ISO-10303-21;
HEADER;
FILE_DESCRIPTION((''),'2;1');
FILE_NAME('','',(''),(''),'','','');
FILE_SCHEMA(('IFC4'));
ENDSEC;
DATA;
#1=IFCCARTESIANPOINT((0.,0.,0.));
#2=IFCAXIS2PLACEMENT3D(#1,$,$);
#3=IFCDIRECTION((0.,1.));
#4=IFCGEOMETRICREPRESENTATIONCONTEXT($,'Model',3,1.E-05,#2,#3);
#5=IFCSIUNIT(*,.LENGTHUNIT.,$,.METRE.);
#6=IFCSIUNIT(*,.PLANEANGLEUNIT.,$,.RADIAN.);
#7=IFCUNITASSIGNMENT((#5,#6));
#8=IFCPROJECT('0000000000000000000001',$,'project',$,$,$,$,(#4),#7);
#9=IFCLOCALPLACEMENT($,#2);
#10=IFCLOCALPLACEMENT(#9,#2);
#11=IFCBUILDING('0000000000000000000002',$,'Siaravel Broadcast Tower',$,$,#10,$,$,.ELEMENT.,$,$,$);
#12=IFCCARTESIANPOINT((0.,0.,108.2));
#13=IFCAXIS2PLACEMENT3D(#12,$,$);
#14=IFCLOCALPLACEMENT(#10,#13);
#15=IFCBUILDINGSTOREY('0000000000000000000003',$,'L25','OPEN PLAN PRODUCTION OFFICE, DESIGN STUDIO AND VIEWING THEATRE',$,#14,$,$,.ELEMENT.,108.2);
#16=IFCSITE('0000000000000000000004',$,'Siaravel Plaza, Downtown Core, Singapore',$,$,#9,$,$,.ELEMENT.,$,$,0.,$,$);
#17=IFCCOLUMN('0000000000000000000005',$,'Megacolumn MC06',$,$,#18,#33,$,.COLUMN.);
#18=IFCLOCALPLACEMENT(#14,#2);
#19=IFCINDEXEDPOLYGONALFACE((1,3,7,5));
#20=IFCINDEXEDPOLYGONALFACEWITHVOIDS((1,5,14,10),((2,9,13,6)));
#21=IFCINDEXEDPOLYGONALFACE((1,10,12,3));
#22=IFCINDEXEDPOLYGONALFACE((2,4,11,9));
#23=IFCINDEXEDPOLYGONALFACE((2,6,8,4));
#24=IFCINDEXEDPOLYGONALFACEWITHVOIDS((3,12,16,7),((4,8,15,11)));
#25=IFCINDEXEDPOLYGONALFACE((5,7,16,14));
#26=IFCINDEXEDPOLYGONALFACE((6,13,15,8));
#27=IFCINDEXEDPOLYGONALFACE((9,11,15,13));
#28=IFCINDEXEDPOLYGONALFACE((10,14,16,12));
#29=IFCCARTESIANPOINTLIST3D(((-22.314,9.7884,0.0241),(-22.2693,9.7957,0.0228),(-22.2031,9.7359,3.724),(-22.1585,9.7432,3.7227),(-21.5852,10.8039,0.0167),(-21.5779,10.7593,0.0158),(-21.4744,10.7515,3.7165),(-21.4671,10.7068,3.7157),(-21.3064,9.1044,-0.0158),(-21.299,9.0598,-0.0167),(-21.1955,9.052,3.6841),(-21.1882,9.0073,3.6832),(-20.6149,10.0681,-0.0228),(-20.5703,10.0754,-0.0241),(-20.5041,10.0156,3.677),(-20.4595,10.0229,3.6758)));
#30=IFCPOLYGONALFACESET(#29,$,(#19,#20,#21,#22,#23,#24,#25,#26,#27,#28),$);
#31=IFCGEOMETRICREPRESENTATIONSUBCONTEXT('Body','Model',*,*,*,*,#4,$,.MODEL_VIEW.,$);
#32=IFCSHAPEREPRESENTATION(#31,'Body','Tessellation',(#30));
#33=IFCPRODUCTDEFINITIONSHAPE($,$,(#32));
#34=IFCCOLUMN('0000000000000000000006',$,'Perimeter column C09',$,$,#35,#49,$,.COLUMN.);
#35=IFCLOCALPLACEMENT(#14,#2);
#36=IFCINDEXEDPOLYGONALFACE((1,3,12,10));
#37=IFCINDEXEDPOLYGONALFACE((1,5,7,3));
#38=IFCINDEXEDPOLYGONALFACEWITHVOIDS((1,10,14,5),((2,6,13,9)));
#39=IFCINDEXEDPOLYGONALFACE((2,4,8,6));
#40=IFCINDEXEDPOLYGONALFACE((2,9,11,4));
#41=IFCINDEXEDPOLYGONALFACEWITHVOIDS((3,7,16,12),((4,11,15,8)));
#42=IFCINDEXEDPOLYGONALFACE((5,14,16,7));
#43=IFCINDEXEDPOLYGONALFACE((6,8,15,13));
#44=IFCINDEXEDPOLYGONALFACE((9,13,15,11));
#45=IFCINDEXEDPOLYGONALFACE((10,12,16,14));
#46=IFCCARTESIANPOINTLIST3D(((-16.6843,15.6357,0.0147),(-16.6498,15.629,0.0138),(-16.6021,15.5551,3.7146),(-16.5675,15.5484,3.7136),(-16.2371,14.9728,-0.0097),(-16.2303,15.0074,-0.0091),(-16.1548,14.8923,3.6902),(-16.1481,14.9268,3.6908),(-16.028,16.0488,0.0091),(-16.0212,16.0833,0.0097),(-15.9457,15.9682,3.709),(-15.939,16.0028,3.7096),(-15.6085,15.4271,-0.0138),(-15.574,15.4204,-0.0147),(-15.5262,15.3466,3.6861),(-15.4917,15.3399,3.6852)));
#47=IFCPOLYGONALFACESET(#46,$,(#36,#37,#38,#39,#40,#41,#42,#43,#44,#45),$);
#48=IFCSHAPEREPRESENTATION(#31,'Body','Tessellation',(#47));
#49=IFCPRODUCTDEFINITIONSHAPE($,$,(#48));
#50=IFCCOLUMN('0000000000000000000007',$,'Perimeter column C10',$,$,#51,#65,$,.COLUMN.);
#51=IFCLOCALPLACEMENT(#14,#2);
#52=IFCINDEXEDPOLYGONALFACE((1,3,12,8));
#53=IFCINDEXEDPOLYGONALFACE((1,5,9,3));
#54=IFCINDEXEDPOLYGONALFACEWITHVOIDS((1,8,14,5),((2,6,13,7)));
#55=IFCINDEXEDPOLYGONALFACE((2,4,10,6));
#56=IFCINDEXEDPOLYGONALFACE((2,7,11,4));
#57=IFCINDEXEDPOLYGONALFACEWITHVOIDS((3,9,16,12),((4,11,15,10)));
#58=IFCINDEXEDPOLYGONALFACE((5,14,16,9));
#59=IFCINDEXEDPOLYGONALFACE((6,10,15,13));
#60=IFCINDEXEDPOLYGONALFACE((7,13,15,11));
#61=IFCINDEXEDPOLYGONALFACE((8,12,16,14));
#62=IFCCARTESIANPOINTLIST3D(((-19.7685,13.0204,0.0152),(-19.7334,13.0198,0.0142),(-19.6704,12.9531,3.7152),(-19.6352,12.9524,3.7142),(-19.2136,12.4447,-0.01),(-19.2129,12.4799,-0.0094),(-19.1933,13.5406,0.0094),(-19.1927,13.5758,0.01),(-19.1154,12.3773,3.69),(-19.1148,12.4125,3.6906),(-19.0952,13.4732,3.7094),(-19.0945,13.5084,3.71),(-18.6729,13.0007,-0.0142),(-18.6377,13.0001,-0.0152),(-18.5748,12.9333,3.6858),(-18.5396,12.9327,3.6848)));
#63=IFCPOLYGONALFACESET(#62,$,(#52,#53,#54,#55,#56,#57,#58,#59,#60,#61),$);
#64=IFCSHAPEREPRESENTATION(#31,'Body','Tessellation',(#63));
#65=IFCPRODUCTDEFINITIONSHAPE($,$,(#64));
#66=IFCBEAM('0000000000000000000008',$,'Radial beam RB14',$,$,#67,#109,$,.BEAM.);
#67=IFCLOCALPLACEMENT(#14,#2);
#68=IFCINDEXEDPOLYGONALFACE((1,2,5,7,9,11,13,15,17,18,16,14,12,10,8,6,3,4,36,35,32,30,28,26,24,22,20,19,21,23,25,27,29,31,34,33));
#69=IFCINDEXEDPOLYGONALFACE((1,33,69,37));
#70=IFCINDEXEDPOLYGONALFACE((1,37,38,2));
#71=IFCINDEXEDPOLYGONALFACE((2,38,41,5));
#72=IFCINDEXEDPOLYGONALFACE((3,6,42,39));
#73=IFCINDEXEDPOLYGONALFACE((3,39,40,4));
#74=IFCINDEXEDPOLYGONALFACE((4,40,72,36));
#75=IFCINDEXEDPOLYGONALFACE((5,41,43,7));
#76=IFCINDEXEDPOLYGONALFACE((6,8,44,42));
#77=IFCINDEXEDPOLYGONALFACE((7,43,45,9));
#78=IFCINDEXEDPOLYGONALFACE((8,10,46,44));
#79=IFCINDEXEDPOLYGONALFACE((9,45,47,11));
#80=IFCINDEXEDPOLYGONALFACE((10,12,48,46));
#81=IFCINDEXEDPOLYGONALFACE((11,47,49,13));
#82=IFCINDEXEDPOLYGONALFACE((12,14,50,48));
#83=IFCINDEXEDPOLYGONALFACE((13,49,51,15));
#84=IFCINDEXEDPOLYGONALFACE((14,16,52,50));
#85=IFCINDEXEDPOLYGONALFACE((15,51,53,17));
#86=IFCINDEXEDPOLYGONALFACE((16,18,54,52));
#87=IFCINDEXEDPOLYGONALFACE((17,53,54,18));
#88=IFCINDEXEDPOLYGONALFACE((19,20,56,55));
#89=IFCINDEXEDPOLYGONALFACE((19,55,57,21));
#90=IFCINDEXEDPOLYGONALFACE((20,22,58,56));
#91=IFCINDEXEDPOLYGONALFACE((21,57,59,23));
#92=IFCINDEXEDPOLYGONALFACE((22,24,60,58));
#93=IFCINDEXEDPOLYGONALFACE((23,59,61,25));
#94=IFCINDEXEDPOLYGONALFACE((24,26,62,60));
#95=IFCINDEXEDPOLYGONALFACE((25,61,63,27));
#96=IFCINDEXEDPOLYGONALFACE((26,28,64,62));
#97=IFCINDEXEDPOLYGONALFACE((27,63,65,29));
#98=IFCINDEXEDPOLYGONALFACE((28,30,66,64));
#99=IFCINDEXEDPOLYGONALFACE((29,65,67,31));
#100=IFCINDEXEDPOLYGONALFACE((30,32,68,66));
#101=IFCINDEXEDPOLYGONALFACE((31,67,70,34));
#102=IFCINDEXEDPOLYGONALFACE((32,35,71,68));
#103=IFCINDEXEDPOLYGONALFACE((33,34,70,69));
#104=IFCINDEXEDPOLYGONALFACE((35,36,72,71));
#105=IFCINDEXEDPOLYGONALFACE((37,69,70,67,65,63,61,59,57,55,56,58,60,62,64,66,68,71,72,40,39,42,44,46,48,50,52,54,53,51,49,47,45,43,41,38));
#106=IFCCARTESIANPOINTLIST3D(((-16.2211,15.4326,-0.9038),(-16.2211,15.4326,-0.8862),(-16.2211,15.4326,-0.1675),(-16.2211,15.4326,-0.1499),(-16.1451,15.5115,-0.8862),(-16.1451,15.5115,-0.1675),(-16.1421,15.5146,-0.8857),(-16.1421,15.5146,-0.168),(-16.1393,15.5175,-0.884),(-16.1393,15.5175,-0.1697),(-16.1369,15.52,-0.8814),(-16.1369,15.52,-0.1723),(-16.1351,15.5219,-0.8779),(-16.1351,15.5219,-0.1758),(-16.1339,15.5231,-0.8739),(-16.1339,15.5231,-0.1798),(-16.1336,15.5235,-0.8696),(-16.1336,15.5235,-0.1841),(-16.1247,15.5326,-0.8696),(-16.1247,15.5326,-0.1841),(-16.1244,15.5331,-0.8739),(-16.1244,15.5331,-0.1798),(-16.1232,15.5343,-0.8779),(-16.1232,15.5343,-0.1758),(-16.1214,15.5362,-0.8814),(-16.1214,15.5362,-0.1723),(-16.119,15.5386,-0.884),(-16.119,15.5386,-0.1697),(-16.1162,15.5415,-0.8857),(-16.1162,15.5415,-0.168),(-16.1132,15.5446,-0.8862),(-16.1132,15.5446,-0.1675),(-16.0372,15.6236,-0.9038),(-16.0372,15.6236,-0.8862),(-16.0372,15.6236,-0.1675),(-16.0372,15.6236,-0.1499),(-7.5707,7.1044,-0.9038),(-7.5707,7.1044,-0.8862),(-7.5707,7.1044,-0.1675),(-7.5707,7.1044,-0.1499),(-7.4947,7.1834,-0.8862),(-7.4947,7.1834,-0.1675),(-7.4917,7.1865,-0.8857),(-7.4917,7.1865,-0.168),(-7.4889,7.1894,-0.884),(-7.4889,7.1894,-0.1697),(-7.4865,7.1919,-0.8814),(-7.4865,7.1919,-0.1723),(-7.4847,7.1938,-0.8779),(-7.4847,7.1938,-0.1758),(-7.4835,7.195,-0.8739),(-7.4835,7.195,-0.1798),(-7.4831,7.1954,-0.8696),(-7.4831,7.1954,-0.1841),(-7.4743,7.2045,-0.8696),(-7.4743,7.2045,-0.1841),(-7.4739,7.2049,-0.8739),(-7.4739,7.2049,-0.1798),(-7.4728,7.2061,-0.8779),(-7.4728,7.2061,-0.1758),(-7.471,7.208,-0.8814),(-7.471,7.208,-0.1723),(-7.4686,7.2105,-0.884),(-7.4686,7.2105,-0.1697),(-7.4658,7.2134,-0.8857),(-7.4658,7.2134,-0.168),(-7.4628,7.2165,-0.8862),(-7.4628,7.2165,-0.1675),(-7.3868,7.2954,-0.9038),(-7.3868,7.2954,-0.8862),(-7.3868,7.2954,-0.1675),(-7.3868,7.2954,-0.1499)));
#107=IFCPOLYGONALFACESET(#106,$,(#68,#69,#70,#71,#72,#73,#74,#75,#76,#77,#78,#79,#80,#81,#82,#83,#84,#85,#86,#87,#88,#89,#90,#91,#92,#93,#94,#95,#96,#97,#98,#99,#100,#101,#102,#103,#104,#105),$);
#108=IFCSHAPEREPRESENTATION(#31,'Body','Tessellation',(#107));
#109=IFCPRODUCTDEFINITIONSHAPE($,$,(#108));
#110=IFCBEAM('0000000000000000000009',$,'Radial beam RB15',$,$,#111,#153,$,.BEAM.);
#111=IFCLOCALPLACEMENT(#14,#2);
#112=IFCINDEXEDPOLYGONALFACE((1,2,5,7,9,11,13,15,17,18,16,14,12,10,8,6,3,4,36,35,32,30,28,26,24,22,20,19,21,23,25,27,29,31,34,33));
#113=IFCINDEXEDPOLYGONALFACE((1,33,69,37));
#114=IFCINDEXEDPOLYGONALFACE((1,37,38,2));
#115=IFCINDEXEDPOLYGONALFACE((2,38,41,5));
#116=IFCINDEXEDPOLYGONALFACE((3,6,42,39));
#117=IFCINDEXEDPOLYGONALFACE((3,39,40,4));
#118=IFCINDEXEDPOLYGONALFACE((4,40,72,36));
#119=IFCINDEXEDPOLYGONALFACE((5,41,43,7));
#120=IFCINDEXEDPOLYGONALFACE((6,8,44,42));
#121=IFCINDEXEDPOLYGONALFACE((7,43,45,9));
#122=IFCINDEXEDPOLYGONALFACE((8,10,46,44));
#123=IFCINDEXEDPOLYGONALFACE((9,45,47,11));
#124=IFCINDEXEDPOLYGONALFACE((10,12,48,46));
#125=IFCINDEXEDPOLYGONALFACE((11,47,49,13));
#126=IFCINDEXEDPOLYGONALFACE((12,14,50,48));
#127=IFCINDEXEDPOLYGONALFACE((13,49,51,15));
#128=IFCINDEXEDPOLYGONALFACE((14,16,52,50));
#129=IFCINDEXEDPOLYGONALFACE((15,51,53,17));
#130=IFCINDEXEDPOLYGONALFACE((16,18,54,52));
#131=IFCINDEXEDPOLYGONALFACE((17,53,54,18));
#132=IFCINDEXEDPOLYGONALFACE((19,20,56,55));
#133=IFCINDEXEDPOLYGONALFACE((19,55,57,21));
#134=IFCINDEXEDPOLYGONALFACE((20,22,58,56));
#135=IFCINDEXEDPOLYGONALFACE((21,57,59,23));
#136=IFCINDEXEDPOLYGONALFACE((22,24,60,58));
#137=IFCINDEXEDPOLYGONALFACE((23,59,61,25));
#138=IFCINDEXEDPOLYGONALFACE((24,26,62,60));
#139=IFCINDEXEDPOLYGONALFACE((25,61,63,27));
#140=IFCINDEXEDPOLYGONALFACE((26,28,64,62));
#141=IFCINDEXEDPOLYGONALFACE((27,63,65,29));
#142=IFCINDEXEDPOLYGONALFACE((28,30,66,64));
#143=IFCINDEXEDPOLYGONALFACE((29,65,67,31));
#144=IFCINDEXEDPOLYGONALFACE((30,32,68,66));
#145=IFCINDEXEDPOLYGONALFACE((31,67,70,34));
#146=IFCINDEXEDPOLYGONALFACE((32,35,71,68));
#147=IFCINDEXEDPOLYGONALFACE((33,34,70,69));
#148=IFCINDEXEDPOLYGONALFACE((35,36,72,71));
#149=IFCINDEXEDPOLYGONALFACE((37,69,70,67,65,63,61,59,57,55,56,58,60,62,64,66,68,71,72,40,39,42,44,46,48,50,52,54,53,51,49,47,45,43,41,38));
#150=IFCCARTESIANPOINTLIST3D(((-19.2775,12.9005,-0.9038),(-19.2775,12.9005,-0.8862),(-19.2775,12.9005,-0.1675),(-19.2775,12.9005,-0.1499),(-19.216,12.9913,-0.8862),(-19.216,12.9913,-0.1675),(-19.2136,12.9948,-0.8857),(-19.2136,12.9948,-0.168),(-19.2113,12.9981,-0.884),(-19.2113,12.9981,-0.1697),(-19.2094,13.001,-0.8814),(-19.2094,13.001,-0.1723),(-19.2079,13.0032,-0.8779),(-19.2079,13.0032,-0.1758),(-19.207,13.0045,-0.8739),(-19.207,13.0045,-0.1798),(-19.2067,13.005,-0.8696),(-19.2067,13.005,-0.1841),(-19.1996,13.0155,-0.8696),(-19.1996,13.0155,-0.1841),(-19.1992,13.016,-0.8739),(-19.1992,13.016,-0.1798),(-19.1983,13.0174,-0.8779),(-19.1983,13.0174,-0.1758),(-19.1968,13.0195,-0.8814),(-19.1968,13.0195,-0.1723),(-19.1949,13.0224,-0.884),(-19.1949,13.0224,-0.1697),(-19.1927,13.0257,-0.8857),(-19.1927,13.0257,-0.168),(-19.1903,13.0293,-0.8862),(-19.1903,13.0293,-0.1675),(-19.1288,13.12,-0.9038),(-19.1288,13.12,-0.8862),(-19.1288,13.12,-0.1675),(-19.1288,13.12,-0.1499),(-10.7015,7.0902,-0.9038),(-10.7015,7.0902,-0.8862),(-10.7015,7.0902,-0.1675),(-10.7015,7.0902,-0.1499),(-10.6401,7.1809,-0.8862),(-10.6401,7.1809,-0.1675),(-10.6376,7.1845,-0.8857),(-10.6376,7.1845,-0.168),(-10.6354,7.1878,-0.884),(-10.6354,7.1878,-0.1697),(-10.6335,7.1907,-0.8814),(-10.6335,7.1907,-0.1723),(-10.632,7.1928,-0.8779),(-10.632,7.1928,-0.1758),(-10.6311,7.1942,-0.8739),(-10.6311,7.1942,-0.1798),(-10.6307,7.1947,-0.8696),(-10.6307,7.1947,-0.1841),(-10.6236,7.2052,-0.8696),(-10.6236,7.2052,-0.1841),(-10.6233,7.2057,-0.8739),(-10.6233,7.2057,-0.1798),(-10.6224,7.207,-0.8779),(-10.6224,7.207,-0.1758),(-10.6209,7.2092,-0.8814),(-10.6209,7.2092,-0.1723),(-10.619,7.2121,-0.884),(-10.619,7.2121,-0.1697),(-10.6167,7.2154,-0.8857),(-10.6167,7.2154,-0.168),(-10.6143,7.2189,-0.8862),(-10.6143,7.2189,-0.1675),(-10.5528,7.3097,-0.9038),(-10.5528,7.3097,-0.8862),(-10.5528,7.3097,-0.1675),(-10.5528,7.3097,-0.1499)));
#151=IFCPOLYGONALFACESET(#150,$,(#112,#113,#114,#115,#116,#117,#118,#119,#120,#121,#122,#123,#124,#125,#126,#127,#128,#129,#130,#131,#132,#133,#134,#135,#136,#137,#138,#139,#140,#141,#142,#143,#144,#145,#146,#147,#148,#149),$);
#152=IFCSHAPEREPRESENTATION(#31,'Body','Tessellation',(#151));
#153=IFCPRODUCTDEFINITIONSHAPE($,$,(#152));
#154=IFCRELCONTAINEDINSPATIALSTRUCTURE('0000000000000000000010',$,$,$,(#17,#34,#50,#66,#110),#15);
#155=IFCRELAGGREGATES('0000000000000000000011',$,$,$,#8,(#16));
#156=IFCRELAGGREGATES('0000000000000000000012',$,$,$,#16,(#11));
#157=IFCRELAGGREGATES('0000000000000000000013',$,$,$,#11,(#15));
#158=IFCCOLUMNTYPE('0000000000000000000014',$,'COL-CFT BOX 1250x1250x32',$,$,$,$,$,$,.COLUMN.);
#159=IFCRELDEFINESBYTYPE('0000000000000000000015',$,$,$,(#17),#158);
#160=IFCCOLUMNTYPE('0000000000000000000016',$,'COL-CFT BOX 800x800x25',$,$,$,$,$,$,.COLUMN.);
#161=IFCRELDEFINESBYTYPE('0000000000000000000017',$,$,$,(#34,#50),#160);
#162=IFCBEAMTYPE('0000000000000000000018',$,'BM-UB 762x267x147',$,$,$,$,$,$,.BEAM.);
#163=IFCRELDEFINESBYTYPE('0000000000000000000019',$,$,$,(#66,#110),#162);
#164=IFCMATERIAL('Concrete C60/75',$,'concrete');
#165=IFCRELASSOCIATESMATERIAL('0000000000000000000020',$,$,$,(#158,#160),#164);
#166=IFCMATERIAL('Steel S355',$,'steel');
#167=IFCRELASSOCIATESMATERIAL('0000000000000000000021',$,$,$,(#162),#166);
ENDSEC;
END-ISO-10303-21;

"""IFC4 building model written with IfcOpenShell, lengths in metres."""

from ifc_helpers import new_model, si_unit, direction, frame, origin, origin_2d, place, context, subcontext, project, spatial, hollow_rectangle, i_section, extrude, material, material_profile, profile_set, type_object, element, save


model = new_model("IFC4")

# Units and contexts
model_context = context("Model", 3, precision=1e-05, world=origin(), true_north=direction((0.0, 1.0)))
body_context = subcontext(model_context, "Body", "Model", "MODEL_VIEW")
ifc_project = project(units=[si_unit("LENGTHUNIT", "METRE"), si_unit("PLANEANGLEUNIT", "RADIAN")], contexts=[model_context])

# Site, building, storey
site_placement = place(None, origin())
site = spatial("IfcSite", under=ifc_project, at=site_placement, Name="Siaravel Plaza, Downtown Core, Singapore", CompositionType="ELEMENT", RefElevation=0.0)
building_placement = place(site_placement, origin())
building = spatial("IfcBuilding", under=site, at=building_placement, Name="Siaravel Broadcast Tower", CompositionType="ELEMENT")
storey_placement = place(building_placement, frame((0.0, 0.0, 108.2)))
storey = spatial("IfcBuildingStorey", under=building, at=storey_placement, Name="L25", Description="OPEN PLAN PRODUCTION OFFICE, DESIGN STUDIO AND VIEWING THEATRE", CompositionType="ELEMENT", Elevation=108.2)

# Columns
ifc_material_1 = material(Name="Concrete C60/75", Category="concrete")
ifc_material_profile_1 = material_profile(ifc_material_1, hollow_rectangle(XDim=1.25, YDim=1.25, WallThickness=0.032, at=origin_2d()))
ifc_profile_set_1 = profile_set([ifc_material_profile_1], Name="Concrete C60/75")
column_type_1 = type_object("IfcColumnType", Name="COL-CFT BOX 1250x1250x32", PredefinedType="COLUMN", material=ifc_profile_set_1)
column_1_placement = place(storey_placement, frame((-21.4421, 9.9319, 0.0), z_axis=(0.029941, -0.014179, 0.999451), x_axis=(0.582967, 0.812474, -0.005938)))
element("IfcColumn", 1, at=column_1_placement, inside=storey, type_object=column_type_1, Name="Megacolumn MC06", PredefinedType="COLUMN", context=body_context, shape_type="SweptSolid", body=[
    extrude(hollow_rectangle(XDim=1.25, YDim=1.25, WallThickness=0.032, at=origin_2d()), origin(), (0.0, 0.0, 1.0), 3.7019),
])
ifc_material_profile_2 = material_profile(ifc_material_1, hollow_rectangle(XDim=0.8, YDim=0.8, WallThickness=0.0249, at=origin_2d()))
ifc_profile_set_2 = profile_set([ifc_material_profile_2], Name="Concrete C60/75")
column_type_2 = type_object("IfcColumnType", Name="COL-CFT BOX 800x800x25", PredefinedType="COLUMN", material=ifc_profile_set_2)
column_2_placement = place(storey_placement, frame((-16.1292, 15.5281, 0.0), z_axis=(0.022226, -0.021764, 0.999516), x_axis=(0.828819, 0.559482, -0.006248)))
element("IfcColumn", 2, at=column_2_placement, inside=storey, type_object=column_type_2, Name="Perimeter column C09", PredefinedType="COLUMN", context=body_context, shape_type="SweptSolid", body=[
    extrude(hollow_rectangle(XDim=0.8, YDim=0.8, WallThickness=0.0249, at=origin_2d()), origin(), (0.0, 0.0, 1.0), 3.7017),
])
column_3_placement = place(storey_placement, frame((-19.2031, 13.0103, 0.0), z_axis=(0.026512, -0.018202, 0.999483), x_axis=(0.719802, 0.694149, -0.006452)))
element("IfcColumn", 3, at=column_3_placement, inside=storey, type_object=column_type_2, Name="Perimeter column C10", PredefinedType="COLUMN", context=body_context, shape_type="SweptSolid", body=[
    extrude(hollow_rectangle(XDim=0.8, YDim=0.8, WallThickness=0.0249, at=origin_2d()), origin(), (0.0, 0.0, 1.0), 3.7019),
])

# Beams
ifc_material_2 = material(Name="Steel S355", Category="steel")
ifc_material_profile_3 = material_profile(ifc_material_2, i_section(OverallWidth=0.2651, OverallDepth=0.7539, WebThickness=0.0127, FlangeThickness=0.0176, FilletRadius=0.0166, at=origin_2d()))
ifc_profile_set_3 = profile_set([ifc_material_profile_3], Name="Steel S355")
beam_type = type_object("IfcBeamType", Name="BM-UB 762x267x147", PredefinedType="BEAM", material=ifc_profile_set_3)
beam_1_placement = place(storey_placement, frame((-16.1292, 15.5281, -0.5269), z_axis=(0.720398, -0.69356, 0.0), x_axis=(0.69356, 0.720398, 0.0)))
element("IfcBeam", 4, at=beam_1_placement, inside=storey, type_object=beam_type, Name="Radial beam RB14", PredefinedType="BEAM", context=body_context, shape_type="SweptSolid", body=[
    extrude(i_section(OverallWidth=0.2651, OverallDepth=0.7539, WebThickness=0.0127, FlangeThickness=0.0176, FilletRadius=0.0166, at=origin_2d()), origin(), (0.0, 0.0, 1.0), 12.0078),
])
beam_2_placement = place(storey_placement, frame((-19.2031, 13.0103, -0.5269), z_axis=(0.827883, -0.560901, 0.0), x_axis=(0.560901, 0.827883, 0.0)))
element("IfcBeam", 5, at=beam_2_placement, inside=storey, type_object=beam_type, Name="Radial beam RB15", PredefinedType="BEAM", context=body_context, shape_type="SweptSolid", body=[
    extrude(i_section(OverallWidth=0.2651, OverallDepth=0.7539, WebThickness=0.0127, FlangeThickness=0.0176, FilletRadius=0.0166, at=origin_2d()), origin(), (0.0, 0.0, 1.0), 10.3589),
])

save(model, "model.ifc")
